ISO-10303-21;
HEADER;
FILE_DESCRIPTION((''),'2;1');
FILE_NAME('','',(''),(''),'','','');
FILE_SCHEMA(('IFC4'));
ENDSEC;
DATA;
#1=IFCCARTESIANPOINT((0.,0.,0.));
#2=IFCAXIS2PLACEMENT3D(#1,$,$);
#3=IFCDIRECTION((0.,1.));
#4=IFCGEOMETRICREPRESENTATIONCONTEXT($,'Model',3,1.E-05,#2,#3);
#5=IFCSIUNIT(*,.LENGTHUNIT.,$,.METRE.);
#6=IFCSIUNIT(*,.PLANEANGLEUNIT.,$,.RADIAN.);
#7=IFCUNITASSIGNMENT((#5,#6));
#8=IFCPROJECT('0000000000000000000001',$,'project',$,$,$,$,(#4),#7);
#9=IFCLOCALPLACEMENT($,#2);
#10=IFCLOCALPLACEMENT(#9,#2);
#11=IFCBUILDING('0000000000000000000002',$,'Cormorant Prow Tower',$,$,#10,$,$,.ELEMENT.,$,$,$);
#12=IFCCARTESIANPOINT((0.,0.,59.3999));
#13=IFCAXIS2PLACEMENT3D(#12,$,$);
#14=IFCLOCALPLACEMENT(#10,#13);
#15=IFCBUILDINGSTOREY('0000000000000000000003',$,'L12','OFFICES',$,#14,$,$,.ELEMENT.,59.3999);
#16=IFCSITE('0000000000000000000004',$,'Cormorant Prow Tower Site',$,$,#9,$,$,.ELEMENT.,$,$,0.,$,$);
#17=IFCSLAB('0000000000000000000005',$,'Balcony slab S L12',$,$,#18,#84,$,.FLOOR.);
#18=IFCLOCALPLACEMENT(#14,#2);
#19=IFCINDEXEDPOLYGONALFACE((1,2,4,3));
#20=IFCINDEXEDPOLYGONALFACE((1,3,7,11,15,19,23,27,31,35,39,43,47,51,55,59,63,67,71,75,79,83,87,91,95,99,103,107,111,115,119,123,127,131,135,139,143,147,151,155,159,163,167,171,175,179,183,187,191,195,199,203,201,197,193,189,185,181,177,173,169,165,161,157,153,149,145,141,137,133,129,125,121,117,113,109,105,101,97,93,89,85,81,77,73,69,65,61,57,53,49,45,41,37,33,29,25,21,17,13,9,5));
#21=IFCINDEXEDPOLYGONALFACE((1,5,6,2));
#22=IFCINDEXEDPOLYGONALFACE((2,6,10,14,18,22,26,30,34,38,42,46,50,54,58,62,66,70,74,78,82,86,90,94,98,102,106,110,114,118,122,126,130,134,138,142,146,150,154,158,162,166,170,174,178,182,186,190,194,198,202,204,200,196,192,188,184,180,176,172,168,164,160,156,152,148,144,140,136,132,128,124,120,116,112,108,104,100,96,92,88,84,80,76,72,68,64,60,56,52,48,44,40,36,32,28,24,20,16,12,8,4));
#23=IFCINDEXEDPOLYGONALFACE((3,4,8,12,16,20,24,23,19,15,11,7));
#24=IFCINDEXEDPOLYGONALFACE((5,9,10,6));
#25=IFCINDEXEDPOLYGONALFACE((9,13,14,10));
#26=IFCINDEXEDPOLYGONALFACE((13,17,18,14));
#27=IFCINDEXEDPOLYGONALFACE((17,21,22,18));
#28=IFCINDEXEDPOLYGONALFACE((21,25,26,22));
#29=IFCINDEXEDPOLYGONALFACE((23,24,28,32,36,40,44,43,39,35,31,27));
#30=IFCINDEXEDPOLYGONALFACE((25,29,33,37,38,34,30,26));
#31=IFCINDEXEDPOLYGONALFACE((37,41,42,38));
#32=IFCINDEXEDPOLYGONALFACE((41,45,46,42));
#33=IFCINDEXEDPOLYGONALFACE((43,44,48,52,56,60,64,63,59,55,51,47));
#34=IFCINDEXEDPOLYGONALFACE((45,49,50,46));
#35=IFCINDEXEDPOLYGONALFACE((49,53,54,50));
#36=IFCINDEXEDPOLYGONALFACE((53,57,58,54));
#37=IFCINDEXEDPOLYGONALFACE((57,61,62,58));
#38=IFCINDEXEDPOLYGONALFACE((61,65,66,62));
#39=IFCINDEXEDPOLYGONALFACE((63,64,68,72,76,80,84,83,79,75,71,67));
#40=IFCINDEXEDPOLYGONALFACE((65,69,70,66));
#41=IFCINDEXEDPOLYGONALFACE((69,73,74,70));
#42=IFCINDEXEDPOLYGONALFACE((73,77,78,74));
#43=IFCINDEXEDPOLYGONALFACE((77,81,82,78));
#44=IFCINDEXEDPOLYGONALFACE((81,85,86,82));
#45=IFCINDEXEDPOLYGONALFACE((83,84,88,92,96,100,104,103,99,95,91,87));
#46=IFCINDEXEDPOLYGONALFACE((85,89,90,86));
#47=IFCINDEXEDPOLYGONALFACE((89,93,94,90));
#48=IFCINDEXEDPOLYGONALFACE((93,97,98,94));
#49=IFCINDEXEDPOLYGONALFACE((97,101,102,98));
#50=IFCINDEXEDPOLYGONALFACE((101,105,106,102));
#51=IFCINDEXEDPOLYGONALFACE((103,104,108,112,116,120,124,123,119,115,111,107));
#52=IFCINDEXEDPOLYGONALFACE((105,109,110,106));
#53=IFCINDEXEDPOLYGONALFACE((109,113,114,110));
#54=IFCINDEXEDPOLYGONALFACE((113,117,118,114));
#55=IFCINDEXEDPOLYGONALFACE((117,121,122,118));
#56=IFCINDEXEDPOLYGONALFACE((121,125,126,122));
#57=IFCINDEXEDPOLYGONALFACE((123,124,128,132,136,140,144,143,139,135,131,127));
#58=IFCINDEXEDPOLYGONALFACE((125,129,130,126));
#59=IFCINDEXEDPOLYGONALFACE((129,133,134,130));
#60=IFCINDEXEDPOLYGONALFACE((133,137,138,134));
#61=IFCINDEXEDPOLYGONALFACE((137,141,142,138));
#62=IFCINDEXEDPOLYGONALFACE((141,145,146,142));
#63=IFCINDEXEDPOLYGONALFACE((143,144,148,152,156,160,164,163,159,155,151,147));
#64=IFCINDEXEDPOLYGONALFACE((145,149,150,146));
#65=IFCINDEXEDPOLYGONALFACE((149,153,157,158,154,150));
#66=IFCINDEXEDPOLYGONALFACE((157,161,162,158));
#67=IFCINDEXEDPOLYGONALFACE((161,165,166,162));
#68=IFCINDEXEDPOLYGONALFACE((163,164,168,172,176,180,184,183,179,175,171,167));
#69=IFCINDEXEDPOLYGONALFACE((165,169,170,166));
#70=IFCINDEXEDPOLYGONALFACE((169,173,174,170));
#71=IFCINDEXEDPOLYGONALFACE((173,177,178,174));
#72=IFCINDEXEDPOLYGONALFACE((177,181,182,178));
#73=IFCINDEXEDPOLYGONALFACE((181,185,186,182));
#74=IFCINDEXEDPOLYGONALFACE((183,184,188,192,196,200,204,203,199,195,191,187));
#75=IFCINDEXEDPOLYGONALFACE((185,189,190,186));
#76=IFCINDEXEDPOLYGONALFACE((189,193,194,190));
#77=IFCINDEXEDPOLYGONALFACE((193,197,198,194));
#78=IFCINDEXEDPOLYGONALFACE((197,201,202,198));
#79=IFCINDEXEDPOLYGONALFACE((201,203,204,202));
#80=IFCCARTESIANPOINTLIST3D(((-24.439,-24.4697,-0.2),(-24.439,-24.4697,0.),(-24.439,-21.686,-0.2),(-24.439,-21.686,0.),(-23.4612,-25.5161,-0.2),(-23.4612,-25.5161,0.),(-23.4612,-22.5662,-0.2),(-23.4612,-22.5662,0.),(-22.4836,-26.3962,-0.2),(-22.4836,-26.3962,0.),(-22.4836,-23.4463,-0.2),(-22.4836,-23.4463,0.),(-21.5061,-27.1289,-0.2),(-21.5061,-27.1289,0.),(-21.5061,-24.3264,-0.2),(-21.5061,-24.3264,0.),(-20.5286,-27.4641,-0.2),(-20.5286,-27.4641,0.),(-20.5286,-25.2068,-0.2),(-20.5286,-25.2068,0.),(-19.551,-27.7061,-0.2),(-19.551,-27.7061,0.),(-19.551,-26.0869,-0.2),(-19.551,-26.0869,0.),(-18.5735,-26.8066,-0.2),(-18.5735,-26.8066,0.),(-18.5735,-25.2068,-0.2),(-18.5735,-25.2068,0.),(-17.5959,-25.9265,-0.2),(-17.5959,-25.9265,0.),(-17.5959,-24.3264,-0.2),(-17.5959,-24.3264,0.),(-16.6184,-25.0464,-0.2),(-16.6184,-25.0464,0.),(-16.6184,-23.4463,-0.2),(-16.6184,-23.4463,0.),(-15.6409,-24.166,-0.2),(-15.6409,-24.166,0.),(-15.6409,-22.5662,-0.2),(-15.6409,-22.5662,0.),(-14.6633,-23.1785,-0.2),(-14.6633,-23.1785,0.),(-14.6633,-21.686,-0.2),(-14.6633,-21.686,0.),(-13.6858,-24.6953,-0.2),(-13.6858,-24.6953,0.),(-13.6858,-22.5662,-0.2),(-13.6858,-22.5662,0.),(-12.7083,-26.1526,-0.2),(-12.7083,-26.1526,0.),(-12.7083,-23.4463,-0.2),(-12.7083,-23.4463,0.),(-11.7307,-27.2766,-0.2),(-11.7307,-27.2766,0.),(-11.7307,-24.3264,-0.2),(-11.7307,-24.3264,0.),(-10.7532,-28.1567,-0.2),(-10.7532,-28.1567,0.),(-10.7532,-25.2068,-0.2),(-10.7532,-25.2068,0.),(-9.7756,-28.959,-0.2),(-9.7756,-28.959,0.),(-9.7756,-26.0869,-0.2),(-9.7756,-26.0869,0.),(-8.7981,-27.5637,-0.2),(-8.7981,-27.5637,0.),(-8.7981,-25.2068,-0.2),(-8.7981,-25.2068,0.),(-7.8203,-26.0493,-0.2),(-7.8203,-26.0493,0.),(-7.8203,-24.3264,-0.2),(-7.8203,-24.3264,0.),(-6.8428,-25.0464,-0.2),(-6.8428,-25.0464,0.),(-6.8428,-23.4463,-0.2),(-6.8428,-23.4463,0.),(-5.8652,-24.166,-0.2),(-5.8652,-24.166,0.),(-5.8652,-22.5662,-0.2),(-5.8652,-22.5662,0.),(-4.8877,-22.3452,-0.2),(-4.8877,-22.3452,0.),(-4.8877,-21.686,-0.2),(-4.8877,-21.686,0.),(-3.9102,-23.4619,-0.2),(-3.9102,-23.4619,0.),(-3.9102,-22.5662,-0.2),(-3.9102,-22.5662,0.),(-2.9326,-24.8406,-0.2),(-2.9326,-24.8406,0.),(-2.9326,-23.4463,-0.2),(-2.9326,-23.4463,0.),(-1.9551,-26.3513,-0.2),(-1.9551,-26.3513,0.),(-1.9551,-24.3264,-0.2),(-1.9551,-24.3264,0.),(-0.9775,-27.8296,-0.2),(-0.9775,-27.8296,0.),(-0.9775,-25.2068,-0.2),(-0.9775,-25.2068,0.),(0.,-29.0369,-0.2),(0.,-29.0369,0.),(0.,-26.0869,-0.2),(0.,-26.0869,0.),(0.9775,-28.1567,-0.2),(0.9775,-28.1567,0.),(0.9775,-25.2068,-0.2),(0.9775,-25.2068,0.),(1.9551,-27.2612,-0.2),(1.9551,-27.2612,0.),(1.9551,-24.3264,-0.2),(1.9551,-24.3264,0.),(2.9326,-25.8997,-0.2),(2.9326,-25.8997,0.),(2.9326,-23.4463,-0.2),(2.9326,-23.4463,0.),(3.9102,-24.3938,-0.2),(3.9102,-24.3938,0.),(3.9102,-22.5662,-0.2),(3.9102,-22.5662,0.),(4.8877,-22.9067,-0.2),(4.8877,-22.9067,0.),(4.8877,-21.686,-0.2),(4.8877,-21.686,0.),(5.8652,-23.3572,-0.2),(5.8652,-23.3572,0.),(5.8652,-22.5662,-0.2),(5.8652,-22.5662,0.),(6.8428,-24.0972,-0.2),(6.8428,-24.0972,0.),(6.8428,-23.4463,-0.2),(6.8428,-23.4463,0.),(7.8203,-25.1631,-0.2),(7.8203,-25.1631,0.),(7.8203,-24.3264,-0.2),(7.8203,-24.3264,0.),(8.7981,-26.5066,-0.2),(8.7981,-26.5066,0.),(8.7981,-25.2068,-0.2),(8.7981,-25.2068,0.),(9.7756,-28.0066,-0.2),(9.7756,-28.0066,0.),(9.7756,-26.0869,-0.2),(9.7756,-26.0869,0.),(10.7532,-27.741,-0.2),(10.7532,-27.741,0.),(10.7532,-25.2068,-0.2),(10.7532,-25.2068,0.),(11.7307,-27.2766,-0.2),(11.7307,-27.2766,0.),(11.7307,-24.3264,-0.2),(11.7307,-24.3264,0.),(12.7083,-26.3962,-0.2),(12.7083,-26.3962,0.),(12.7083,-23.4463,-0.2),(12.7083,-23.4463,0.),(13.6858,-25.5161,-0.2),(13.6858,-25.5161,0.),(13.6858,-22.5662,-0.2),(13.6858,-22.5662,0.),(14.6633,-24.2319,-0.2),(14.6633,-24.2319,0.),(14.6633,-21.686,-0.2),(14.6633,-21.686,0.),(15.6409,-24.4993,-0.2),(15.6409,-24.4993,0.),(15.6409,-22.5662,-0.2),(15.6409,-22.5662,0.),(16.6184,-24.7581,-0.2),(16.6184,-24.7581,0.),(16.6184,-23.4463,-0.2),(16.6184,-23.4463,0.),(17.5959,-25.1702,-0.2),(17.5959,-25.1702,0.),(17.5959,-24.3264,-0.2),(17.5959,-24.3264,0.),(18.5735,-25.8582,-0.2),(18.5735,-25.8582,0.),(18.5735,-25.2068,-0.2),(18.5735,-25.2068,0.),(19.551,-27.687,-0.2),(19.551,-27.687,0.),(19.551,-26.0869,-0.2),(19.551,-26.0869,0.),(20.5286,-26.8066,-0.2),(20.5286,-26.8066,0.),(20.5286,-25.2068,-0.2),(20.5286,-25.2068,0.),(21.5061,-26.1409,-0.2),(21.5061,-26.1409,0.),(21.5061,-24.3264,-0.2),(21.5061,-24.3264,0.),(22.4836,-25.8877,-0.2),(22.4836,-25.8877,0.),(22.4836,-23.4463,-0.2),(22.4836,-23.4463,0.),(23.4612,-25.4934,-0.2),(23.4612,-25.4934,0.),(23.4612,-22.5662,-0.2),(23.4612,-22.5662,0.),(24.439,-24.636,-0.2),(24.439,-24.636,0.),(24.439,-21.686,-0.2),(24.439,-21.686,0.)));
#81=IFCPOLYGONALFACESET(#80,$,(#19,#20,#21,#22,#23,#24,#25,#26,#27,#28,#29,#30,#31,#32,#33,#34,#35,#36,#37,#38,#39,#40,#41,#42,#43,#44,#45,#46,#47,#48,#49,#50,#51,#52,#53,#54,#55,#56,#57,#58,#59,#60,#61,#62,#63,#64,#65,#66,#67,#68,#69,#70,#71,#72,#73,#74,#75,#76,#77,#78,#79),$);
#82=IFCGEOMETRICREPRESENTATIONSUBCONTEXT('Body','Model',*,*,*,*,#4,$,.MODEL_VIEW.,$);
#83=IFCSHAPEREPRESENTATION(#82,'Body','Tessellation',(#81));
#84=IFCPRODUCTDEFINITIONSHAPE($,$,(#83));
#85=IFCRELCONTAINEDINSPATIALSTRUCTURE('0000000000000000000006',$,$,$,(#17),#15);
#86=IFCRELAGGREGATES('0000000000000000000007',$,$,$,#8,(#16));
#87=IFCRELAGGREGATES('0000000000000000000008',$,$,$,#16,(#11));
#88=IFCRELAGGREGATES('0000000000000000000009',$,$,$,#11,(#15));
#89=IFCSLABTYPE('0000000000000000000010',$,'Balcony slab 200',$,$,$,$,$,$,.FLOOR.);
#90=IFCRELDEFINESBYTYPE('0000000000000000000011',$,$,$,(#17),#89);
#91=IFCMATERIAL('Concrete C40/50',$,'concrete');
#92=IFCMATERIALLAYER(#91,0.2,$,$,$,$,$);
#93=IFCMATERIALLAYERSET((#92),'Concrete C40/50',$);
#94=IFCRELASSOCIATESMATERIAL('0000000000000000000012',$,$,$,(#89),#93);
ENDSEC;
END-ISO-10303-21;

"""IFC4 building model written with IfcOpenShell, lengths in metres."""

from ifc_helpers import new_model, si_unit, direction, frame, origin, place, context, subcontext, project, spatial, polyline, outline, extrude, material, layer, layer_set, type_object, element, save


model = new_model("IFC4")

# Units and contexts
model_context = context("Model", 3, precision=1e-05, world=origin(), true_north=direction((0.0, 1.0)))
body_context = subcontext(model_context, "Body", "Model", "MODEL_VIEW")
ifc_project = project(units=[si_unit("LENGTHUNIT", "METRE"), si_unit("PLANEANGLEUNIT", "RADIAN")], contexts=[model_context])

# Site, building, storey
site_placement = place(None, origin())
site = spatial("IfcSite", under=ifc_project, at=site_placement, Name="Cormorant Prow Tower Site", CompositionType="ELEMENT", RefElevation=0.0)
building_placement = place(site_placement, origin())
building = spatial("IfcBuilding", under=site, at=building_placement, Name="Cormorant Prow Tower", CompositionType="ELEMENT")
storey_placement = place(building_placement, frame((0.0, 0.0, 59.3999)))
storey = spatial("IfcBuildingStorey", under=building, at=storey_placement, Name="L12", Description="OFFICES", CompositionType="ELEMENT", Elevation=59.3999)

# Slab
ifc_material_1 = material(Name="Concrete C40/50", Category="concrete")
ifc_layer_1 = layer(ifc_material_1, 0.2)
ifc_layer_set_1 = layer_set([ifc_layer_1], Name="Concrete C40/50")
slab_type_1 = type_object("IfcSlabType", Name="Balcony slab 200", PredefinedType="FLOOR", material=ifc_layer_set_1)
slab_1_placement = place(storey_placement, frame((0.0, 0.0, -0.2)))
element("IfcSlab", 1, at=slab_1_placement, inside=storey, type_object=slab_type_1, Name="Balcony slab S L12", PredefinedType="FLOOR", context=body_context, shape_type="SweptSolid", body=[
    extrude(outline(polyline([(-24.439, -21.686), (-24.439, -24.4697), (-23.4612, -25.5161), (-22.4836, -26.3962), (-21.5061, -27.1289), (-20.5286, -27.4641), (-19.551, -27.7061), (-18.5735, -26.8066), (-17.5959, -25.9265), (-16.6184, -25.0464), (-15.6409, -24.166), (-14.6633, -23.1785), (-13.6858, -24.6953), (-12.7083, -26.1526), (-11.7307, -27.2766), (-10.7532, -28.1567), (-9.7756, -28.959), (-8.7981, -27.5637), (-7.8203, -26.0493), (-6.8428, -25.0464), (-5.8652, -24.166), (-4.8877, -22.3452), (-3.9102, -23.4619), (-2.9326, -24.8406), (-1.9551, -26.3513), (-0.9775, -27.8296), (0.0, -29.0369), (0.9775, -28.1567), (1.9551, -27.2612), (2.9326, -25.8997), (3.9102, -24.3938), (4.8877, -22.9067), (5.8652, -23.3572), (6.8428, -24.0972), (7.8203, -25.1631), (8.7981, -26.5066), (9.7756, -28.0066), (10.7532, -27.741), (11.7307, -27.2766), (12.7083, -26.3962), (13.6858, -25.5161), (14.6633, -24.2319), (15.6409, -24.4993), (16.6184, -24.7581), (17.5959, -25.1702), (18.5735, -25.8582), (19.551, -27.687), (20.5286, -26.8066), (21.5061, -26.1409), (22.4836, -25.8877), (23.4612, -25.4934), (24.439, -24.636), (24.439, -21.686), (23.4612, -22.5662), (22.4836, -23.4463), (21.5061, -24.3264), (20.5286, -25.2068), (19.551, -26.0869), (18.5735, -25.2068), (17.5959, -24.3264), (16.6184, -23.4463), (15.6409, -22.5662), (14.6633, -21.686), (13.6858, -22.5662), (12.7083, -23.4463), (11.7307, -24.3264), (10.7532, -25.2068), (9.7756, -26.0869), (8.7981, -25.2068), (7.8203, -24.3264), (6.8428, -23.4463), (5.8652, -22.5662), (4.8877, -21.686), (3.9102, -22.5662), (2.9326, -23.4463), (1.9551, -24.3264), (0.9775, -25.2068), (0.0, -26.0869), (-0.9775, -25.2068), (-1.9551, -24.3264), (-2.9326, -23.4463), (-3.9102, -22.5662), (-4.8877, -21.686), (-5.8652, -22.5662), (-6.8428, -23.4463), (-7.8203, -24.3264), (-8.7981, -25.2068), (-9.7756, -26.0869), (-10.7532, -25.2068), (-11.7307, -24.3264), (-12.7083, -23.4463), (-13.6858, -22.5662), (-14.6633, -21.686), (-15.6409, -22.5662), (-16.6184, -23.4463), (-17.5959, -24.3264), (-18.5735, -25.2068), (-19.551, -26.0869), (-20.5286, -25.2068), (-21.5061, -24.3264), (-22.4836, -23.4463), (-23.4612, -22.5662), (-24.439, -21.686)])), origin(), (0.0, 0.0, 1.0), 0.2),
])

save(model, "model.ifc")
